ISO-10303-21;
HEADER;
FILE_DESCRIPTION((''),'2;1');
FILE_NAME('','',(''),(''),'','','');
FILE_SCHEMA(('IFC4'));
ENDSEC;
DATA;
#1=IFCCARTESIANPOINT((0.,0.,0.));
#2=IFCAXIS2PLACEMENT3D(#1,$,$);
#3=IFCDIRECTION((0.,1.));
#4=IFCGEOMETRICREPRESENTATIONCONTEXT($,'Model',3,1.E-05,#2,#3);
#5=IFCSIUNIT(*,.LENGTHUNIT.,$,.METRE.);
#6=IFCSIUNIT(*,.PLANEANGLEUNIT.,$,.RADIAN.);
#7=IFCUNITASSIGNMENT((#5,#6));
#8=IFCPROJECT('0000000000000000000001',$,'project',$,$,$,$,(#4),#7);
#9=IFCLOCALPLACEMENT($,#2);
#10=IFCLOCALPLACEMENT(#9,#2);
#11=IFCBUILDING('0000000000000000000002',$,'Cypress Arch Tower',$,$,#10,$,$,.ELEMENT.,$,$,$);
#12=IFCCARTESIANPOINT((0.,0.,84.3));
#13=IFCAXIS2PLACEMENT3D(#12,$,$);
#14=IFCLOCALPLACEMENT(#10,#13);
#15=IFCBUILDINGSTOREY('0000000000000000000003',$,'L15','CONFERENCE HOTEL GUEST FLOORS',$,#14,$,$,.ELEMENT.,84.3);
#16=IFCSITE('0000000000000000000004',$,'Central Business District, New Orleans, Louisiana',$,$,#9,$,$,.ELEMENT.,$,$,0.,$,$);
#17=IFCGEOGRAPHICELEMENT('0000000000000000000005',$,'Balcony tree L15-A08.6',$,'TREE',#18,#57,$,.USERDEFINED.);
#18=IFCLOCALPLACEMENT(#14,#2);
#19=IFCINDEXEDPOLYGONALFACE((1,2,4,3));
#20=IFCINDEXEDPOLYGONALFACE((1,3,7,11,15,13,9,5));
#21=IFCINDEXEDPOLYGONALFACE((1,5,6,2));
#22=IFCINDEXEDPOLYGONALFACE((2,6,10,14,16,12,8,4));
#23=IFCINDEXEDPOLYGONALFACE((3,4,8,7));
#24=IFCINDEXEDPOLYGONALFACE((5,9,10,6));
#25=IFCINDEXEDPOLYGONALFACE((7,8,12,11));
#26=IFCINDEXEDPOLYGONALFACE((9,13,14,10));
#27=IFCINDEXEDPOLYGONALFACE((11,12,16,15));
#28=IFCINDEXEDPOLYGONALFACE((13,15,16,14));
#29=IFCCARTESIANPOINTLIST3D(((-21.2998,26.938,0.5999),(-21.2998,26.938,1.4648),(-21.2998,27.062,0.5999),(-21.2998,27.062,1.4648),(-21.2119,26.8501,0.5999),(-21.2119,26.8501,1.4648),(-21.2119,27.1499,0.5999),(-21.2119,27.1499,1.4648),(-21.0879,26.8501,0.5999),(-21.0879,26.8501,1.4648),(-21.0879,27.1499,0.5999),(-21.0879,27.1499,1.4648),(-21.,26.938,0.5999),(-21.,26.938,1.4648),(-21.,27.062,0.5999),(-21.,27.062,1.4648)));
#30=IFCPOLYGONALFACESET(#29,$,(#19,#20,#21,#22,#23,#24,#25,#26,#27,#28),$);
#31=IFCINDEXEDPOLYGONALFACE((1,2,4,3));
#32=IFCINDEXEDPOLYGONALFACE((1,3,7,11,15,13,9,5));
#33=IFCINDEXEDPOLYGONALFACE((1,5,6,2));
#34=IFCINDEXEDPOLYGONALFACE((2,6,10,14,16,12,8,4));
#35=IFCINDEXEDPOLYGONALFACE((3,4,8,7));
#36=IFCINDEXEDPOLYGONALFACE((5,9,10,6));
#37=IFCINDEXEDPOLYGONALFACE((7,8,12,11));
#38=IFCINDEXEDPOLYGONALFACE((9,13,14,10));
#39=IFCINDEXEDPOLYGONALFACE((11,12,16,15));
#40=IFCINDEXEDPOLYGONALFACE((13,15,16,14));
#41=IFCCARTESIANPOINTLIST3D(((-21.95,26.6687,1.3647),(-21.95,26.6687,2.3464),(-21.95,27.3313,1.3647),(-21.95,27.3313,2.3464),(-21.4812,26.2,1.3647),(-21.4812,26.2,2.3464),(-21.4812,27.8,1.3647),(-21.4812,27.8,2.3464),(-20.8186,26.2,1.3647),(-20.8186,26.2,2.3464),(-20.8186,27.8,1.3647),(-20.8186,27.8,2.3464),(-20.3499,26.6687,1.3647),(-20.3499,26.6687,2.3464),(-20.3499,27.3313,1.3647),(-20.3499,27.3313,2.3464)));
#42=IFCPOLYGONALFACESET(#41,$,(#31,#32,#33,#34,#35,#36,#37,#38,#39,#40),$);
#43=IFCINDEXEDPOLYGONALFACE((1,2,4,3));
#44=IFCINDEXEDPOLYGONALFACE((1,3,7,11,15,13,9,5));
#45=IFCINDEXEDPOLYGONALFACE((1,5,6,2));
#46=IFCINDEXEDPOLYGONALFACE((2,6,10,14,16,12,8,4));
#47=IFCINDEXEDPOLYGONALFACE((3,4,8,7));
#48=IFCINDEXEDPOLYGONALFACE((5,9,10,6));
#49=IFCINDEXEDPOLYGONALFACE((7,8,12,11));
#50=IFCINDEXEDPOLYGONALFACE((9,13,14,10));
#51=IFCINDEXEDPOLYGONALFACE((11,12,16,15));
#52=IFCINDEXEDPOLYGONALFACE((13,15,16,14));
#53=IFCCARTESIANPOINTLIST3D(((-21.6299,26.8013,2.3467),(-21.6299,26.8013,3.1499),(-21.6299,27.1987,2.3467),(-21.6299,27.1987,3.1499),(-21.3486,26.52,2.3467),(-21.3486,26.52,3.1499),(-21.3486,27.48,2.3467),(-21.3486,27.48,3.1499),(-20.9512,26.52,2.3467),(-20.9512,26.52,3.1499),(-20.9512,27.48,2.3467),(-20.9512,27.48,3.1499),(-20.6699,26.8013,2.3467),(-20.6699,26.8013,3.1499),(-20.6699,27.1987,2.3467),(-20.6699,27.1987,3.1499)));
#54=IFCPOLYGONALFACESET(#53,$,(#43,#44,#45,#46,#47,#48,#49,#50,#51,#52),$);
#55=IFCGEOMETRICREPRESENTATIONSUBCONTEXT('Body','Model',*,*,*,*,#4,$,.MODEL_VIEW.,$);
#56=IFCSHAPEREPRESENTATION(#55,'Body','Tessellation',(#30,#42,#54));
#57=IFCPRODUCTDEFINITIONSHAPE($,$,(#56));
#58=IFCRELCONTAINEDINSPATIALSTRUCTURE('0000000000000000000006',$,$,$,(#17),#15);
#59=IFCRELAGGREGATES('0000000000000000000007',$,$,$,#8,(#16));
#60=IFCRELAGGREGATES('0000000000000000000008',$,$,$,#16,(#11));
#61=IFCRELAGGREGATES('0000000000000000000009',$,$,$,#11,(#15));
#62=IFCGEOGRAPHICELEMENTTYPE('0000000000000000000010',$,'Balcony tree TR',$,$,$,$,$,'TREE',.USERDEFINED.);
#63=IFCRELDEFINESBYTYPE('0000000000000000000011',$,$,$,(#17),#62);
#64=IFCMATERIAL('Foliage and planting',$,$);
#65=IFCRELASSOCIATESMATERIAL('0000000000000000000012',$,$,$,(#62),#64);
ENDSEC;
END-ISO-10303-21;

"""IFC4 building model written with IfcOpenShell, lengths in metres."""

from ifc_helpers import new_model, si_unit, direction, frame, origin, place, context, subcontext, project, spatial, polyline, outline, extrude, material, type_object, element, save


model = new_model("IFC4")

# Units and contexts
model_context = context("Model", 3, precision=1e-05, world=origin(), true_north=direction((0.0, 1.0)))
body_context = subcontext(model_context, "Body", "Model", "MODEL_VIEW")
ifc_project = project(units=[si_unit("LENGTHUNIT", "METRE"), si_unit("PLANEANGLEUNIT", "RADIAN")], contexts=[model_context])

# Site, building, storey
site_placement = place(None, origin())
site = spatial("IfcSite", under=ifc_project, at=site_placement, Name="Central Business District, New Orleans, Louisiana", CompositionType="ELEMENT", RefElevation=0.0)
building_placement = place(site_placement, origin())
building = spatial("IfcBuilding", under=site, at=building_placement, Name="Cypress Arch Tower", CompositionType="ELEMENT")
storey_placement = place(building_placement, frame((0.0, 0.0, 84.3)))
storey = spatial("IfcBuildingStorey", under=building, at=storey_placement, Name="L15", Description="CONFERENCE HOTEL GUEST FLOORS", CompositionType="ELEMENT", Elevation=84.3)

# Geographic element
ifc_material_1 = material(Name="Foliage and planting")
geographic_element_type = type_object("IfcGeographicElementType", Name="Balcony tree TR", ElementType="TREE", PredefinedType="USERDEFINED", material=ifc_material_1)
geographic_element_placement = place(storey_placement, frame((-21.1499, 27.0, 0.5999), z_axis=(0.0, 0.0, 1.0), x_axis=(1.0, 0.0, 0.0)))
element("IfcGeographicElement", 1, at=geographic_element_placement, inside=storey, type_object=geographic_element_type, Name="Balcony tree L15-A08.6", ObjectType="TREE", PredefinedType="USERDEFINED", context=body_context, shape_type="SweptSolid", body=[
    extrude(outline(polyline([(0.1499, 0.062), (0.062, 0.1499), (-0.062, 0.1499), (-0.1499, 0.062), (-0.1499, -0.062), (-0.062, -0.1499), (0.062, -0.1499), (0.1499, -0.062), (0.1499, 0.062)])), origin(), (0.0, 0.0, 1.0), 0.865),
    extrude(outline(polyline([(0.8, 0.3313), (0.3313, 0.8), (-0.3313, 0.8), (-0.8, 0.3313), (-0.8, -0.3313), (-0.3313, -0.8), (0.3313, -0.8), (0.8, -0.3313), (0.8, 0.3313)])), frame((0.0, 0.0, 0.7649)), (0.0, 0.0, 1.0), 0.9817),
    extrude(outline(polyline([(0.48, 0.1987), (0.1987, 0.48), (-0.1987, 0.48), (-0.48, 0.1987), (-0.48, -0.1987), (-0.1987, -0.48), (0.1987, -0.48), (0.48, -0.1987), (0.48, 0.1987)])), frame((0.0, 0.0, 1.7468)), (0.0, 0.0, 1.0), 0.8032),
])

save(model, "model.ifc")
